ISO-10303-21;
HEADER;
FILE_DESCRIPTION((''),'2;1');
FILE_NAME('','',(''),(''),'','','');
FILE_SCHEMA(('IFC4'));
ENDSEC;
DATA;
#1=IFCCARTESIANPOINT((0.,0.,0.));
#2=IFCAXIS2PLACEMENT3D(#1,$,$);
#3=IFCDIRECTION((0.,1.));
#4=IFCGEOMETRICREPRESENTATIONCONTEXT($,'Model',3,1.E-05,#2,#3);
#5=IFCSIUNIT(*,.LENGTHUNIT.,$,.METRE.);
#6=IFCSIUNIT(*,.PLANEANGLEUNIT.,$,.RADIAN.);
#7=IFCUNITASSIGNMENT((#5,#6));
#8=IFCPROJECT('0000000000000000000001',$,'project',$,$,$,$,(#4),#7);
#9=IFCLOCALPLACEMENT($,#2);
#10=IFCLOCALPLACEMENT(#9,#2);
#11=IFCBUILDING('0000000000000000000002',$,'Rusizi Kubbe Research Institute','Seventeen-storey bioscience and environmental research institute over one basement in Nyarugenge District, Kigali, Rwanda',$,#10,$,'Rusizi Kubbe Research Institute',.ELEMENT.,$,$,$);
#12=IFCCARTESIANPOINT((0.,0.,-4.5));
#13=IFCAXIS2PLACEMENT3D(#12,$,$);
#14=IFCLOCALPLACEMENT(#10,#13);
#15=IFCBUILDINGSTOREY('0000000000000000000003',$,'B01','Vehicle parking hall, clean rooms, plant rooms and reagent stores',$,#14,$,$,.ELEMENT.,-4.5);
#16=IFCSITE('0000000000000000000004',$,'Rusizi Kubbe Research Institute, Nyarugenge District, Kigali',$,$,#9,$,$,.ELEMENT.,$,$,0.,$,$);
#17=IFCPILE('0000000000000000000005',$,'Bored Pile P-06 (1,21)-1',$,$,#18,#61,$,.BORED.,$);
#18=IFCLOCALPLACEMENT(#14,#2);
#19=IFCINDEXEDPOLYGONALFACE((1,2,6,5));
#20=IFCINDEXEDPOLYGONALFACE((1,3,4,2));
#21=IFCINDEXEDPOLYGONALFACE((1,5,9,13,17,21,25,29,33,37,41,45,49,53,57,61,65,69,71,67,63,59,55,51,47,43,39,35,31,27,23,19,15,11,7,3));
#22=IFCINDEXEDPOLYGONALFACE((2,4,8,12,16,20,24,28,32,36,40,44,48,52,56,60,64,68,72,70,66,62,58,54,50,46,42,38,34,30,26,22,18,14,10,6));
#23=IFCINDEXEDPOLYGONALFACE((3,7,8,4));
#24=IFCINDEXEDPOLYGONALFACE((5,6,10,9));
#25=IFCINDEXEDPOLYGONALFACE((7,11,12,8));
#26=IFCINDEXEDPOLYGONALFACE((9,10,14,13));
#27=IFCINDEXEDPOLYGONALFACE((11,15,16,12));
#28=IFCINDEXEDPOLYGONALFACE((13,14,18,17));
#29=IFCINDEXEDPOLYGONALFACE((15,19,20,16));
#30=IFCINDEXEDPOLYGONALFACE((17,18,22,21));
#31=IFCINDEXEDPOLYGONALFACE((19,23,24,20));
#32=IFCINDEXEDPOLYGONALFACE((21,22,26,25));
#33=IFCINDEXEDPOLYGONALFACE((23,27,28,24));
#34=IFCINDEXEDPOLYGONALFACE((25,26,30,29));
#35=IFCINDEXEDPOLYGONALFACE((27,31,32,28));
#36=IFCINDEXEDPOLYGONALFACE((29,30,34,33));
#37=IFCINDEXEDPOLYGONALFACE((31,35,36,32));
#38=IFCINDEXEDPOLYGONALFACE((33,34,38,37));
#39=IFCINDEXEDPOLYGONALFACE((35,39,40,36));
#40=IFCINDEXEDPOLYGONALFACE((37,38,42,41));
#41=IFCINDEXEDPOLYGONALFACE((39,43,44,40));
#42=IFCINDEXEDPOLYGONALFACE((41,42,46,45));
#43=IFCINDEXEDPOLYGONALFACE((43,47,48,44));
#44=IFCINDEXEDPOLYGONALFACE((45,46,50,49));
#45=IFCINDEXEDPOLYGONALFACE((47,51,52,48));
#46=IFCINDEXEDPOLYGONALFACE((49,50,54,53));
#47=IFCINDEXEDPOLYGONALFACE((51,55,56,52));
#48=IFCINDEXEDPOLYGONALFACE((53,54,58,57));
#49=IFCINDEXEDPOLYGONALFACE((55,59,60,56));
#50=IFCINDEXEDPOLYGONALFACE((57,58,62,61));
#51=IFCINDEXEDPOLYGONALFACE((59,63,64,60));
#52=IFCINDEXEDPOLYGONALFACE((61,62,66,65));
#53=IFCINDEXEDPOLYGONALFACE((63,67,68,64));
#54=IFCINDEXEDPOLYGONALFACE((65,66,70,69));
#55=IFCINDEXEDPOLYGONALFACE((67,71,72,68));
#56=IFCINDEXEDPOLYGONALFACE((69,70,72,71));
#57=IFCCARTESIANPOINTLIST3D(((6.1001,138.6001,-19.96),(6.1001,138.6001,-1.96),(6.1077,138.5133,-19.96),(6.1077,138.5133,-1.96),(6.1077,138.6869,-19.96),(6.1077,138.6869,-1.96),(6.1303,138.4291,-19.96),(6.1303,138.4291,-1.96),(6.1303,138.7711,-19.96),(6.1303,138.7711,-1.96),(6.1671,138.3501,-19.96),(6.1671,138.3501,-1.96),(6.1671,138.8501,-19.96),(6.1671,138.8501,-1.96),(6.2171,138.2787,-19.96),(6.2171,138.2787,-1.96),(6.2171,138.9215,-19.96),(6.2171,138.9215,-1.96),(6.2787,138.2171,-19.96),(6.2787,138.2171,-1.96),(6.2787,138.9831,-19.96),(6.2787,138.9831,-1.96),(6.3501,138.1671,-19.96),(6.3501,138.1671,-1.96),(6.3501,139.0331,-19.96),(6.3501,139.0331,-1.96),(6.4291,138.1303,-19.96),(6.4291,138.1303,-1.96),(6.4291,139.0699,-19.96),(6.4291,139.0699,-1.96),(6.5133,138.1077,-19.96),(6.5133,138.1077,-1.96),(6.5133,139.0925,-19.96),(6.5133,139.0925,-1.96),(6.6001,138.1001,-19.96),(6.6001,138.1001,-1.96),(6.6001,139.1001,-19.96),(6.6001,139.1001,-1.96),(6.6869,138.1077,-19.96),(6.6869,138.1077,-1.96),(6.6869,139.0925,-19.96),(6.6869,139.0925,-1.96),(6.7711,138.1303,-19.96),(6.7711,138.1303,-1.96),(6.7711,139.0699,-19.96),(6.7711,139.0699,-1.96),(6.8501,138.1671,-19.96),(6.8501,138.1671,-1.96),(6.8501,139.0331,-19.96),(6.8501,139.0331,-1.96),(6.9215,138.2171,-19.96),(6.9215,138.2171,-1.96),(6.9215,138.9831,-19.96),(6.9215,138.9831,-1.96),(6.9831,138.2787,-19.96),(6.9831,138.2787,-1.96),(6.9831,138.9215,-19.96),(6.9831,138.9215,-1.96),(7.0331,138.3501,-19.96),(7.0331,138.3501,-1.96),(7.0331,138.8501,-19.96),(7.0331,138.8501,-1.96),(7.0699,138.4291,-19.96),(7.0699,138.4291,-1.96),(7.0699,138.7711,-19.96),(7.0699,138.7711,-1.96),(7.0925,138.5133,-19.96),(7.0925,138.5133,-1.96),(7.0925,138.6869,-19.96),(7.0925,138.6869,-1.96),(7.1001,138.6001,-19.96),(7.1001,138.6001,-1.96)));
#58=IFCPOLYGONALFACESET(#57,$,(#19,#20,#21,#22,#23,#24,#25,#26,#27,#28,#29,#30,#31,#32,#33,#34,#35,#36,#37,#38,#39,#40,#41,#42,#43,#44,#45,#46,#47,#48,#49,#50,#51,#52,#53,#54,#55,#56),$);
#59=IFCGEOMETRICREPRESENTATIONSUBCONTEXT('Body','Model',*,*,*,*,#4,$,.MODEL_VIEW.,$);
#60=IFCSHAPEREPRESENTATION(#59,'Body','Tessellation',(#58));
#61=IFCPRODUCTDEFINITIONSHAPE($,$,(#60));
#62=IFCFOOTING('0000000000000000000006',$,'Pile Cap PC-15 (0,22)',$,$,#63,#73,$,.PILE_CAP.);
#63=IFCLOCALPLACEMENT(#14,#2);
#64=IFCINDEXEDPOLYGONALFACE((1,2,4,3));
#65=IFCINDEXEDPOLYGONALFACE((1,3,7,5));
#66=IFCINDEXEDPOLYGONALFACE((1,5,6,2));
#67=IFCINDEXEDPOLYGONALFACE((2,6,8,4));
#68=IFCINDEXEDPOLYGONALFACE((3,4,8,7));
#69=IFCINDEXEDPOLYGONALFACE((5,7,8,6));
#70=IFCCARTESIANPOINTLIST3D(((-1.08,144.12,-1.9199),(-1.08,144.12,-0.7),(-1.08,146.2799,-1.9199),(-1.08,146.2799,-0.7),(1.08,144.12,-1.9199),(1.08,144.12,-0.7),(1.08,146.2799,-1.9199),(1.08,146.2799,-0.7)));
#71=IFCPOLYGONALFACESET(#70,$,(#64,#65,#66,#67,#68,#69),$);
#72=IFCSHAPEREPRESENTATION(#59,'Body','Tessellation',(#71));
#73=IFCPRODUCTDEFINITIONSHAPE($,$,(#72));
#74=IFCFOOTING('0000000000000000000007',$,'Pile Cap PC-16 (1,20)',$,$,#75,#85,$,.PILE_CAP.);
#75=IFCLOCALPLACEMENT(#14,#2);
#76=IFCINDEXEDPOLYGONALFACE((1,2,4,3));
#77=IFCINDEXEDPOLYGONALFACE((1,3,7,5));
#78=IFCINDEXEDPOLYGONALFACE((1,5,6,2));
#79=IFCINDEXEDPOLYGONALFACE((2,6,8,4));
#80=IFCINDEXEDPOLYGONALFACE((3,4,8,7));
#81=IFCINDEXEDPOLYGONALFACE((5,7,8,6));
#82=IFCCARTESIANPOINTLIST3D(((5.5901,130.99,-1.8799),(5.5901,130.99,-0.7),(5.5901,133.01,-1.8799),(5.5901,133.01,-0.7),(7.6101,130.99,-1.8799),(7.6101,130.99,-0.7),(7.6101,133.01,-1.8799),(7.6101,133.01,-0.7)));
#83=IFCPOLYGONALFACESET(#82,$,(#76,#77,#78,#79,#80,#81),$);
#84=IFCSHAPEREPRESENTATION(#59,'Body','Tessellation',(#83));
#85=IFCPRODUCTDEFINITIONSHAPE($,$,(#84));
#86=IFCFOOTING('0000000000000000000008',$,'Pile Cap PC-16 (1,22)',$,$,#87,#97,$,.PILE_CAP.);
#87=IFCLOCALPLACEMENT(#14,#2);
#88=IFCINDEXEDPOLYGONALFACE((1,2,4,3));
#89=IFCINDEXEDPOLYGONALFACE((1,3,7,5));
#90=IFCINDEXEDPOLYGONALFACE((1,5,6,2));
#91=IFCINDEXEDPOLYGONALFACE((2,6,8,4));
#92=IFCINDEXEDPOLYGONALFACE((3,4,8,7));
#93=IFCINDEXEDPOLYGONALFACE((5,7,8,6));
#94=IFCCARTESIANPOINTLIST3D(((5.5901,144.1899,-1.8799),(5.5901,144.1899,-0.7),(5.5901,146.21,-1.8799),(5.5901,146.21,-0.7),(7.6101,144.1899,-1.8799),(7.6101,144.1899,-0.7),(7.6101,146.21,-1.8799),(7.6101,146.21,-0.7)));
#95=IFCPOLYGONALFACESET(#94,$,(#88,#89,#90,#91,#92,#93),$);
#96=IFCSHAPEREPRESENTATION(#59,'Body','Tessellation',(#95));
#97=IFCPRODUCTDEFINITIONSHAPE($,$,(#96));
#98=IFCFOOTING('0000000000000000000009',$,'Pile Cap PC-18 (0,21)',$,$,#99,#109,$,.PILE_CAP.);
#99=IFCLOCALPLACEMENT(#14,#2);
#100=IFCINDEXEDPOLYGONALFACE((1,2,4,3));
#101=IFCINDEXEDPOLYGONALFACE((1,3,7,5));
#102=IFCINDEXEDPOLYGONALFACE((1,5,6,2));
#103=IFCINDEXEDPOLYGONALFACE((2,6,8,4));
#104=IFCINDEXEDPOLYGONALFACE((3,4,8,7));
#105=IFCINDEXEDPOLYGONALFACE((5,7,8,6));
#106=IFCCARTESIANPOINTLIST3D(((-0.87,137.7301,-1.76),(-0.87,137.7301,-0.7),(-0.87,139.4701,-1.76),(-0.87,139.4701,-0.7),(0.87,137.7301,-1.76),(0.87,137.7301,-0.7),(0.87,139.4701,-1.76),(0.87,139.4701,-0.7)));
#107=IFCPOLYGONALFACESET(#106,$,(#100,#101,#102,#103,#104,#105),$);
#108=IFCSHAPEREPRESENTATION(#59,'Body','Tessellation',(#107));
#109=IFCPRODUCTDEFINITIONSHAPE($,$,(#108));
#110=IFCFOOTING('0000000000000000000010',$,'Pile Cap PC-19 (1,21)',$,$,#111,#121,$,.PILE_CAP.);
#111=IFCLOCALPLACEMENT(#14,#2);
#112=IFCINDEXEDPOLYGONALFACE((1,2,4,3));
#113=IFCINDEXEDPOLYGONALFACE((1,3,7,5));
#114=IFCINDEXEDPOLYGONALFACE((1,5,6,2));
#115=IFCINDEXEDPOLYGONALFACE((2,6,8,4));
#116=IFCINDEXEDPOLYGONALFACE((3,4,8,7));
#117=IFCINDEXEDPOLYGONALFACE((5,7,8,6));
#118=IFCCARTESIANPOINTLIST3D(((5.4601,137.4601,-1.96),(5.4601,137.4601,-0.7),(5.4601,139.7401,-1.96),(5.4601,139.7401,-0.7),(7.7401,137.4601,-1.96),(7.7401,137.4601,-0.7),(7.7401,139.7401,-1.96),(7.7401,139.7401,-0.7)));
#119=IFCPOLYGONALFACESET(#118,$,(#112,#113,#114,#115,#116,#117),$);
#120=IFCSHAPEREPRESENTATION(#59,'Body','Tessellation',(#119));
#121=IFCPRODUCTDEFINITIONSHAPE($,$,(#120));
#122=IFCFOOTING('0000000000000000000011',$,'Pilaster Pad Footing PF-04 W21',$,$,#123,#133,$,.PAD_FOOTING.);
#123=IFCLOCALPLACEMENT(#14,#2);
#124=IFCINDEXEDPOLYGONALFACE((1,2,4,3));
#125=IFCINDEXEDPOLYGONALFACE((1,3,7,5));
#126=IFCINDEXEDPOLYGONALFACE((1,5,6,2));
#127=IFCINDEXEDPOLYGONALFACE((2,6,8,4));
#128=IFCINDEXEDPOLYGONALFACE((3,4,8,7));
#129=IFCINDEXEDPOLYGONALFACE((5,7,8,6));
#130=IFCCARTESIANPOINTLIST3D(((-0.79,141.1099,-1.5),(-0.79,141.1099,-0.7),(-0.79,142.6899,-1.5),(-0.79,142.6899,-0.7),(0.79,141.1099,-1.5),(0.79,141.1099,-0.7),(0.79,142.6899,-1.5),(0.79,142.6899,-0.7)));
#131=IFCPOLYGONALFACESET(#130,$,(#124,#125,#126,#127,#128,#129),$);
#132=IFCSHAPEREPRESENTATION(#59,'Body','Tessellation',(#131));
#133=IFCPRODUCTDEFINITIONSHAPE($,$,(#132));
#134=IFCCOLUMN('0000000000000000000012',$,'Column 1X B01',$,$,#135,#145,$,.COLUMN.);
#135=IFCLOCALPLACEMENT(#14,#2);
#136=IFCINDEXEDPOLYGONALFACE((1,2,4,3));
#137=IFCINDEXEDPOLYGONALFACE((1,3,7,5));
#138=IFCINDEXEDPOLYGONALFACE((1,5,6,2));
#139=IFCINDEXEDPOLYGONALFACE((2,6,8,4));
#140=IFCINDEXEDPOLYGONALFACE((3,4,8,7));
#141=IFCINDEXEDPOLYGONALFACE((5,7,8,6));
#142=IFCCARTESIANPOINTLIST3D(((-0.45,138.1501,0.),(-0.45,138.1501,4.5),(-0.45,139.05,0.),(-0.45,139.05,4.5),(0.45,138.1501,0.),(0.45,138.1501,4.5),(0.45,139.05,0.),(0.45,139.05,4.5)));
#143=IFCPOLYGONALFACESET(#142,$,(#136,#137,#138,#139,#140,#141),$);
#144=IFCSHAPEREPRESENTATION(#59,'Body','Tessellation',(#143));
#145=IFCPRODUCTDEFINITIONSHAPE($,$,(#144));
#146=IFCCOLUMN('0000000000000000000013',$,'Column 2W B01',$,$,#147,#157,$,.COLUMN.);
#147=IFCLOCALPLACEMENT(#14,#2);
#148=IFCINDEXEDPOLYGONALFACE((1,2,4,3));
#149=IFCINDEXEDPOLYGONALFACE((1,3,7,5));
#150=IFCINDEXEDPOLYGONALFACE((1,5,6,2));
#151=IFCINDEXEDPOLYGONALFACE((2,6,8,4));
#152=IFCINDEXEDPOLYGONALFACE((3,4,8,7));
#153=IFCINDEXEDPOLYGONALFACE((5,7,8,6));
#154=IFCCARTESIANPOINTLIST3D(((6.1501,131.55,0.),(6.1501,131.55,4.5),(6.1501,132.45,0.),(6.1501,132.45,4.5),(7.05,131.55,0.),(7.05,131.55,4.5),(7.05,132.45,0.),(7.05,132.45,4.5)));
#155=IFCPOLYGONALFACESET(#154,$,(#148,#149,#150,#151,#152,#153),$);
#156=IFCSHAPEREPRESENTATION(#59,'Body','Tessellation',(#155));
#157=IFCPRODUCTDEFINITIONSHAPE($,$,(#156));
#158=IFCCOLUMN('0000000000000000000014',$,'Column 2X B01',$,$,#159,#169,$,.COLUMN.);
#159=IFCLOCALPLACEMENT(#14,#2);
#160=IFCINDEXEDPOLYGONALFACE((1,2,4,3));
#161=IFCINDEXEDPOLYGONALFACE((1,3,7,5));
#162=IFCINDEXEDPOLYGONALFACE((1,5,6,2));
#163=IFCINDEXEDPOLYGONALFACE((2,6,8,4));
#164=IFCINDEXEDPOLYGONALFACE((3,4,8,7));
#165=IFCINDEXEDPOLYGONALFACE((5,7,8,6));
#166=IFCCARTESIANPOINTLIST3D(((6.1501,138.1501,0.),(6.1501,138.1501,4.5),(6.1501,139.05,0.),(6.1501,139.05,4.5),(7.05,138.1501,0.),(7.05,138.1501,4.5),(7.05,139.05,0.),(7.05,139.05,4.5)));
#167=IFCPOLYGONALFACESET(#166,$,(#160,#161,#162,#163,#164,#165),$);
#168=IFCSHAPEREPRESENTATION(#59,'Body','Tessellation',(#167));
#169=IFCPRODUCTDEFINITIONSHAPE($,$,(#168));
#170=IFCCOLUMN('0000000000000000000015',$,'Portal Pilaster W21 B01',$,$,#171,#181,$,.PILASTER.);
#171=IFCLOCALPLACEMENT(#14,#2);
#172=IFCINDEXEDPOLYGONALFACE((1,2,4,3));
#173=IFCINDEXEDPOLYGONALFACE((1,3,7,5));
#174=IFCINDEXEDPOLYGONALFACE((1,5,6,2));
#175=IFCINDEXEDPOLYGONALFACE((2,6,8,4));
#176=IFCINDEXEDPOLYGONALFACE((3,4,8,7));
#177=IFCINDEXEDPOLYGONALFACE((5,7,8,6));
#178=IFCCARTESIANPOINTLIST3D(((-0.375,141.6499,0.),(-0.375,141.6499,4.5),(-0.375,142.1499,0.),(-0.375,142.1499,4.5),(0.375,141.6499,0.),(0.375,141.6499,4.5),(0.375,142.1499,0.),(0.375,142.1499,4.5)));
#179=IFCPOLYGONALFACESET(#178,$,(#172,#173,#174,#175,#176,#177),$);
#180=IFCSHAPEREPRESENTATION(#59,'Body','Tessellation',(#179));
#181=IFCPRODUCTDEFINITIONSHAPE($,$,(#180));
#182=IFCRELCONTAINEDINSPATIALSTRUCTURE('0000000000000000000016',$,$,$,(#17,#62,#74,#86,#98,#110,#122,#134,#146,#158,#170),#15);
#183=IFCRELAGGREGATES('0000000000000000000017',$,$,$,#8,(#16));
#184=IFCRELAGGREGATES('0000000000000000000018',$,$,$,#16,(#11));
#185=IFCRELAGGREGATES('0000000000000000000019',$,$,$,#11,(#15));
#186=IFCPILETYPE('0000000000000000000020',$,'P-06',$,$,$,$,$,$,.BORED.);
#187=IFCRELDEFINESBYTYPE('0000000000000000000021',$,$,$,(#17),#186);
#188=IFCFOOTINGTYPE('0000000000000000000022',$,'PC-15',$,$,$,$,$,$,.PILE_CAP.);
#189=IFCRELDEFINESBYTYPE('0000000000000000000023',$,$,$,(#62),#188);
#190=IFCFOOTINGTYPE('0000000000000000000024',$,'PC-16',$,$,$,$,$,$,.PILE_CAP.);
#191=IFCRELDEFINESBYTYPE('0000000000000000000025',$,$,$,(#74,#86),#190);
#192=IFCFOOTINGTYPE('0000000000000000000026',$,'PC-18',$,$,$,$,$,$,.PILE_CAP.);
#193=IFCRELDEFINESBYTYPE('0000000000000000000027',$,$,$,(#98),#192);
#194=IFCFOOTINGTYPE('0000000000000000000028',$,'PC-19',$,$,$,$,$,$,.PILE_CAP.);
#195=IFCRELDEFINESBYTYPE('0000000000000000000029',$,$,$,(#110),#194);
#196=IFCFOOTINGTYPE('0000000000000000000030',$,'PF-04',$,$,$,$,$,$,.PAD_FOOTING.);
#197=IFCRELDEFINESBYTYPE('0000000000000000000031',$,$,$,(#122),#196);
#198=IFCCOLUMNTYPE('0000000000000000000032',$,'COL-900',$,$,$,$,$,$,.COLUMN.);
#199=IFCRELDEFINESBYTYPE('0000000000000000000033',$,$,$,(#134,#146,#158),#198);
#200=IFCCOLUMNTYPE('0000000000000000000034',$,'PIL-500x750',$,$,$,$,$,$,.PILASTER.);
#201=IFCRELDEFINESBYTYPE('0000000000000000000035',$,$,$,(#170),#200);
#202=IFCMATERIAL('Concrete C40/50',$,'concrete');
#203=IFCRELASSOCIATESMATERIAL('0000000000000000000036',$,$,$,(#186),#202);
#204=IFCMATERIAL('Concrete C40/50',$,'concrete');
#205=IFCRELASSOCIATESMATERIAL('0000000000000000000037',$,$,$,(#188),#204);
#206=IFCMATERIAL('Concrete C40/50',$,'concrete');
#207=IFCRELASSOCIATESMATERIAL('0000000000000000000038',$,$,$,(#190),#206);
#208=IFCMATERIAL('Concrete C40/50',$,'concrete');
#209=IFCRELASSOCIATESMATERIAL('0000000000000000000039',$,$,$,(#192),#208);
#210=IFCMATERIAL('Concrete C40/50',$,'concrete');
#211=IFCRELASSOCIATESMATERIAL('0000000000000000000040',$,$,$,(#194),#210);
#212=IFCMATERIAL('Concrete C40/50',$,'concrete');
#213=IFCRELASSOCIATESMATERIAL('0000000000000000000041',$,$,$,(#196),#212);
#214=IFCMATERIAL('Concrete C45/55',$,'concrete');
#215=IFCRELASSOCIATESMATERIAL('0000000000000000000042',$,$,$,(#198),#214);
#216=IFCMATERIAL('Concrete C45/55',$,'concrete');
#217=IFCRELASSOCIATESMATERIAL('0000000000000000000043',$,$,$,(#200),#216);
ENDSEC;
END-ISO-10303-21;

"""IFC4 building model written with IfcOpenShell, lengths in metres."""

from ifc_helpers import new_model, si_unit, direction, frame, origin, origin_2d, place, context, subcontext, project, spatial, rectangle, circle, extrude, material, material_profile, profile_set, type_object, element, save


model = new_model("IFC4")

# Units and contexts
model_context = context("Model", 3, precision=1e-05, world=origin(), true_north=direction((0.0, 1.0)))
body_context = subcontext(model_context, "Body", "Model", "MODEL_VIEW")
ifc_project = project(units=[si_unit("LENGTHUNIT", "METRE"), si_unit("PLANEANGLEUNIT", "RADIAN")], contexts=[model_context])

# Site, building, storey
site_placement = place(None, origin())
site = spatial("IfcSite", under=ifc_project, at=site_placement, Name="Rusizi Kubbe Research Institute, Nyarugenge District, Kigali", CompositionType="ELEMENT", RefElevation=0.0)
building_placement = place(site_placement, origin())
building = spatial("IfcBuilding", under=site, at=building_placement, Name="Rusizi Kubbe Research Institute", Description="Seventeen-storey bioscience and environmental research institute over one basement in Nyarugenge District, Kigali, Rwanda", LongName="Rusizi Kubbe Research Institute", CompositionType="ELEMENT")
storey_placement = place(building_placement, frame((0.0, 0.0, -4.5)))
storey = spatial("IfcBuildingStorey", under=building, at=storey_placement, Name="B01", Description="Vehicle parking hall, clean rooms, plant rooms and reagent stores", CompositionType="ELEMENT", Elevation=-4.5)

# Pile
ifc_material_1 = material(Name="Concrete C40/50", Category="concrete")
ifc_material_profile_1 = material_profile(ifc_material_1, circle(Radius=0.5, at=origin_2d()), Name="PILE-D1000")
ifc_profile_set_1 = profile_set([ifc_material_profile_1], Name="Concrete C40/50")
pile_type_1 = type_object("IfcPileType", Name="P-06", PredefinedType="BORED", material=ifc_profile_set_1)
pile_1_placement = place(storey_placement, frame((6.6001, 138.6001, -1.96), z_axis=(0.0, 0.0, -1.0), x_axis=(1.0, 0.0, 0.0)))
element("IfcPile", 1, at=pile_1_placement, inside=storey, type_object=pile_type_1, Name="Bored Pile P-06 (1,21)-1", PredefinedType="BORED", context=body_context, shape_type="SweptSolid", body=[
    extrude(circle(Radius=0.5, at=origin_2d()), origin(), (0.0, 0.0, 1.0), 18.0),
])

# Footings
ifc_material_2 = material(Name="Concrete C40/50", Category="concrete")
footing_type_1 = type_object("IfcFootingType", Name="PC-15", PredefinedType="PILE_CAP", material=ifc_material_2)
footing_1_placement = place(storey_placement, frame((0.0, 145.2, -1.9199), z_axis=(0.0, 0.0, 1.0), x_axis=(1.0, 0.0, 0.0)))
element("IfcFooting", 2, at=footing_1_placement, inside=storey, type_object=footing_type_1, Name="Pile Cap PC-15 (0,22)", PredefinedType="PILE_CAP", context=body_context, shape_type="SweptSolid", body=[
    extrude(rectangle(XDim=2.1599, YDim=2.1599, at=origin_2d()), origin(), (0.0, 0.0, 1.0), 1.22),
])
ifc_material_3 = material(Name="Concrete C40/50", Category="concrete")
footing_type_2 = type_object("IfcFootingType", Name="PC-16", PredefinedType="PILE_CAP", material=ifc_material_3)
for number, where, z_axis, x_axis, name in (
    (3, (6.6001, 132.0, -1.8799), (0.0, 0.0, 1.0), (1.0, 0.0, 0.0), "Pile Cap PC-16 (1,20)"),
    (4, (6.6001, 145.2, -1.8799), (0.0, 0.0, 1.0), (1.0, 0.0, 0.0), "Pile Cap PC-16 (1,22)"),
):
    element("IfcFooting", number, at=place(storey_placement, frame(where, z_axis=z_axis, x_axis=x_axis)), inside=storey, type_object=footing_type_2, Name=name, PredefinedType="PILE_CAP", context=body_context, shape_type="SweptSolid", body=[
        extrude(rectangle(XDim=2.02, YDim=2.02, at=origin_2d()), origin(), (0.0, 0.0, 1.0), 1.1799),
    ])
ifc_material_4 = material(Name="Concrete C40/50", Category="concrete")
footing_type_3 = type_object("IfcFootingType", Name="PC-18", PredefinedType="PILE_CAP", material=ifc_material_4)
footing_2_placement = place(storey_placement, frame((0.0, 138.6001, -1.76), z_axis=(0.0, 0.0, 1.0), x_axis=(1.0, 0.0, 0.0)))
element("IfcFooting", 5, at=footing_2_placement, inside=storey, type_object=footing_type_3, Name="Pile Cap PC-18 (0,21)", PredefinedType="PILE_CAP", context=body_context, shape_type="SweptSolid", body=[
    extrude(rectangle(XDim=1.74, YDim=1.74, at=origin_2d()), origin(), (0.0, 0.0, 1.0), 1.0601),
])
ifc_material_5 = material(Name="Concrete C40/50", Category="concrete")
footing_type_4 = type_object("IfcFootingType", Name="PC-19", PredefinedType="PILE_CAP", material=ifc_material_5)
footing_3_placement = place(storey_placement, frame((6.6001, 138.6001, -1.96), z_axis=(0.0, 0.0, 1.0), x_axis=(1.0, 0.0, 0.0)))
element("IfcFooting", 6, at=footing_3_placement, inside=storey, type_object=footing_type_4, Name="Pile Cap PC-19 (1,21)", PredefinedType="PILE_CAP", context=body_context, shape_type="SweptSolid", body=[
    extrude(rectangle(XDim=2.28, YDim=2.28, at=origin_2d()), origin(), (0.0, 0.0, 1.0), 1.26),
])
ifc_material_6 = material(Name="Concrete C40/50", Category="concrete")
footing_type_5 = type_object("IfcFootingType", Name="PF-04", PredefinedType="PAD_FOOTING", material=ifc_material_6)
footing_4_placement = place(storey_placement, frame((0.0, 141.8999, -1.5), z_axis=(0.0, 0.0, 1.0), x_axis=(1.0, 0.0, 0.0)))
element("IfcFooting", 7, at=footing_4_placement, inside=storey, type_object=footing_type_5, Name="Pilaster Pad Footing PF-04 W21", PredefinedType="PAD_FOOTING", context=body_context, shape_type="SweptSolid", body=[
    extrude(rectangle(XDim=1.5801, YDim=1.5801, at=origin_2d()), origin(), (0.0, 0.0, 1.0), 0.8),
])

# Columns
ifc_material_7 = material(Name="Concrete C45/55", Category="concrete")
ifc_material_profile_2 = material_profile(ifc_material_7, rectangle(XDim=0.8999, YDim=0.8999, at=origin_2d()), Name="RC900x900")
ifc_profile_set_2 = profile_set([ifc_material_profile_2], Name="Concrete C45/55")
column_type_1 = type_object("IfcColumnType", Name="COL-900", PredefinedType="COLUMN", material=ifc_profile_set_2)
for number, where, z_axis, x_axis, name in (
    (8, (0.0, 138.6001, 0.0), (0.0, 0.0, 1.0), (1.0, 0.0, 0.0), "Column 1X B01"),
    (9, (6.6001, 132.0, 0.0), (0.0, 0.0, 1.0), (1.0, 0.0, 0.0), "Column 2W B01"),
    (10, (6.6001, 138.6001, 0.0), (0.0, 0.0, 1.0), (1.0, 0.0, 0.0), "Column 2X B01"),
):
    element("IfcColumn", number, at=place(storey_placement, frame(where, z_axis=z_axis, x_axis=x_axis)), inside=storey, type_object=column_type_1, Name=name, PredefinedType="COLUMN", context=body_context, shape_type="SweptSolid", body=[
        extrude(rectangle(XDim=0.8999, YDim=0.8999, at=origin_2d()), origin(), (0.0, 0.0, 1.0), 4.5),
    ])
ifc_material_8 = material(Name="Concrete C45/55", Category="concrete")
ifc_material_profile_3 = material_profile(ifc_material_8, rectangle(XDim=0.5, YDim=0.75, at=origin_2d()), Name="RC500x750")
ifc_profile_set_3 = profile_set([ifc_material_profile_3], Name="Concrete C45/55")
column_type_2 = type_object("IfcColumnType", Name="PIL-500x750", PredefinedType="PILASTER", material=ifc_profile_set_3)
column_placement = place(storey_placement, frame((0.0, 141.8999, 0.0), z_axis=(0.0, 0.0, 1.0), x_axis=(0.0, 1.0, 0.0)))
element("IfcColumn", 11, at=column_placement, inside=storey, type_object=column_type_2, Name="Portal Pilaster W21 B01", PredefinedType="PILASTER", context=body_context, shape_type="SweptSolid", body=[
    extrude(rectangle(XDim=0.5, YDim=0.75, at=origin_2d()), origin(), (0.0, 0.0, 1.0), 4.5),
])

save(model, "model.ifc")
